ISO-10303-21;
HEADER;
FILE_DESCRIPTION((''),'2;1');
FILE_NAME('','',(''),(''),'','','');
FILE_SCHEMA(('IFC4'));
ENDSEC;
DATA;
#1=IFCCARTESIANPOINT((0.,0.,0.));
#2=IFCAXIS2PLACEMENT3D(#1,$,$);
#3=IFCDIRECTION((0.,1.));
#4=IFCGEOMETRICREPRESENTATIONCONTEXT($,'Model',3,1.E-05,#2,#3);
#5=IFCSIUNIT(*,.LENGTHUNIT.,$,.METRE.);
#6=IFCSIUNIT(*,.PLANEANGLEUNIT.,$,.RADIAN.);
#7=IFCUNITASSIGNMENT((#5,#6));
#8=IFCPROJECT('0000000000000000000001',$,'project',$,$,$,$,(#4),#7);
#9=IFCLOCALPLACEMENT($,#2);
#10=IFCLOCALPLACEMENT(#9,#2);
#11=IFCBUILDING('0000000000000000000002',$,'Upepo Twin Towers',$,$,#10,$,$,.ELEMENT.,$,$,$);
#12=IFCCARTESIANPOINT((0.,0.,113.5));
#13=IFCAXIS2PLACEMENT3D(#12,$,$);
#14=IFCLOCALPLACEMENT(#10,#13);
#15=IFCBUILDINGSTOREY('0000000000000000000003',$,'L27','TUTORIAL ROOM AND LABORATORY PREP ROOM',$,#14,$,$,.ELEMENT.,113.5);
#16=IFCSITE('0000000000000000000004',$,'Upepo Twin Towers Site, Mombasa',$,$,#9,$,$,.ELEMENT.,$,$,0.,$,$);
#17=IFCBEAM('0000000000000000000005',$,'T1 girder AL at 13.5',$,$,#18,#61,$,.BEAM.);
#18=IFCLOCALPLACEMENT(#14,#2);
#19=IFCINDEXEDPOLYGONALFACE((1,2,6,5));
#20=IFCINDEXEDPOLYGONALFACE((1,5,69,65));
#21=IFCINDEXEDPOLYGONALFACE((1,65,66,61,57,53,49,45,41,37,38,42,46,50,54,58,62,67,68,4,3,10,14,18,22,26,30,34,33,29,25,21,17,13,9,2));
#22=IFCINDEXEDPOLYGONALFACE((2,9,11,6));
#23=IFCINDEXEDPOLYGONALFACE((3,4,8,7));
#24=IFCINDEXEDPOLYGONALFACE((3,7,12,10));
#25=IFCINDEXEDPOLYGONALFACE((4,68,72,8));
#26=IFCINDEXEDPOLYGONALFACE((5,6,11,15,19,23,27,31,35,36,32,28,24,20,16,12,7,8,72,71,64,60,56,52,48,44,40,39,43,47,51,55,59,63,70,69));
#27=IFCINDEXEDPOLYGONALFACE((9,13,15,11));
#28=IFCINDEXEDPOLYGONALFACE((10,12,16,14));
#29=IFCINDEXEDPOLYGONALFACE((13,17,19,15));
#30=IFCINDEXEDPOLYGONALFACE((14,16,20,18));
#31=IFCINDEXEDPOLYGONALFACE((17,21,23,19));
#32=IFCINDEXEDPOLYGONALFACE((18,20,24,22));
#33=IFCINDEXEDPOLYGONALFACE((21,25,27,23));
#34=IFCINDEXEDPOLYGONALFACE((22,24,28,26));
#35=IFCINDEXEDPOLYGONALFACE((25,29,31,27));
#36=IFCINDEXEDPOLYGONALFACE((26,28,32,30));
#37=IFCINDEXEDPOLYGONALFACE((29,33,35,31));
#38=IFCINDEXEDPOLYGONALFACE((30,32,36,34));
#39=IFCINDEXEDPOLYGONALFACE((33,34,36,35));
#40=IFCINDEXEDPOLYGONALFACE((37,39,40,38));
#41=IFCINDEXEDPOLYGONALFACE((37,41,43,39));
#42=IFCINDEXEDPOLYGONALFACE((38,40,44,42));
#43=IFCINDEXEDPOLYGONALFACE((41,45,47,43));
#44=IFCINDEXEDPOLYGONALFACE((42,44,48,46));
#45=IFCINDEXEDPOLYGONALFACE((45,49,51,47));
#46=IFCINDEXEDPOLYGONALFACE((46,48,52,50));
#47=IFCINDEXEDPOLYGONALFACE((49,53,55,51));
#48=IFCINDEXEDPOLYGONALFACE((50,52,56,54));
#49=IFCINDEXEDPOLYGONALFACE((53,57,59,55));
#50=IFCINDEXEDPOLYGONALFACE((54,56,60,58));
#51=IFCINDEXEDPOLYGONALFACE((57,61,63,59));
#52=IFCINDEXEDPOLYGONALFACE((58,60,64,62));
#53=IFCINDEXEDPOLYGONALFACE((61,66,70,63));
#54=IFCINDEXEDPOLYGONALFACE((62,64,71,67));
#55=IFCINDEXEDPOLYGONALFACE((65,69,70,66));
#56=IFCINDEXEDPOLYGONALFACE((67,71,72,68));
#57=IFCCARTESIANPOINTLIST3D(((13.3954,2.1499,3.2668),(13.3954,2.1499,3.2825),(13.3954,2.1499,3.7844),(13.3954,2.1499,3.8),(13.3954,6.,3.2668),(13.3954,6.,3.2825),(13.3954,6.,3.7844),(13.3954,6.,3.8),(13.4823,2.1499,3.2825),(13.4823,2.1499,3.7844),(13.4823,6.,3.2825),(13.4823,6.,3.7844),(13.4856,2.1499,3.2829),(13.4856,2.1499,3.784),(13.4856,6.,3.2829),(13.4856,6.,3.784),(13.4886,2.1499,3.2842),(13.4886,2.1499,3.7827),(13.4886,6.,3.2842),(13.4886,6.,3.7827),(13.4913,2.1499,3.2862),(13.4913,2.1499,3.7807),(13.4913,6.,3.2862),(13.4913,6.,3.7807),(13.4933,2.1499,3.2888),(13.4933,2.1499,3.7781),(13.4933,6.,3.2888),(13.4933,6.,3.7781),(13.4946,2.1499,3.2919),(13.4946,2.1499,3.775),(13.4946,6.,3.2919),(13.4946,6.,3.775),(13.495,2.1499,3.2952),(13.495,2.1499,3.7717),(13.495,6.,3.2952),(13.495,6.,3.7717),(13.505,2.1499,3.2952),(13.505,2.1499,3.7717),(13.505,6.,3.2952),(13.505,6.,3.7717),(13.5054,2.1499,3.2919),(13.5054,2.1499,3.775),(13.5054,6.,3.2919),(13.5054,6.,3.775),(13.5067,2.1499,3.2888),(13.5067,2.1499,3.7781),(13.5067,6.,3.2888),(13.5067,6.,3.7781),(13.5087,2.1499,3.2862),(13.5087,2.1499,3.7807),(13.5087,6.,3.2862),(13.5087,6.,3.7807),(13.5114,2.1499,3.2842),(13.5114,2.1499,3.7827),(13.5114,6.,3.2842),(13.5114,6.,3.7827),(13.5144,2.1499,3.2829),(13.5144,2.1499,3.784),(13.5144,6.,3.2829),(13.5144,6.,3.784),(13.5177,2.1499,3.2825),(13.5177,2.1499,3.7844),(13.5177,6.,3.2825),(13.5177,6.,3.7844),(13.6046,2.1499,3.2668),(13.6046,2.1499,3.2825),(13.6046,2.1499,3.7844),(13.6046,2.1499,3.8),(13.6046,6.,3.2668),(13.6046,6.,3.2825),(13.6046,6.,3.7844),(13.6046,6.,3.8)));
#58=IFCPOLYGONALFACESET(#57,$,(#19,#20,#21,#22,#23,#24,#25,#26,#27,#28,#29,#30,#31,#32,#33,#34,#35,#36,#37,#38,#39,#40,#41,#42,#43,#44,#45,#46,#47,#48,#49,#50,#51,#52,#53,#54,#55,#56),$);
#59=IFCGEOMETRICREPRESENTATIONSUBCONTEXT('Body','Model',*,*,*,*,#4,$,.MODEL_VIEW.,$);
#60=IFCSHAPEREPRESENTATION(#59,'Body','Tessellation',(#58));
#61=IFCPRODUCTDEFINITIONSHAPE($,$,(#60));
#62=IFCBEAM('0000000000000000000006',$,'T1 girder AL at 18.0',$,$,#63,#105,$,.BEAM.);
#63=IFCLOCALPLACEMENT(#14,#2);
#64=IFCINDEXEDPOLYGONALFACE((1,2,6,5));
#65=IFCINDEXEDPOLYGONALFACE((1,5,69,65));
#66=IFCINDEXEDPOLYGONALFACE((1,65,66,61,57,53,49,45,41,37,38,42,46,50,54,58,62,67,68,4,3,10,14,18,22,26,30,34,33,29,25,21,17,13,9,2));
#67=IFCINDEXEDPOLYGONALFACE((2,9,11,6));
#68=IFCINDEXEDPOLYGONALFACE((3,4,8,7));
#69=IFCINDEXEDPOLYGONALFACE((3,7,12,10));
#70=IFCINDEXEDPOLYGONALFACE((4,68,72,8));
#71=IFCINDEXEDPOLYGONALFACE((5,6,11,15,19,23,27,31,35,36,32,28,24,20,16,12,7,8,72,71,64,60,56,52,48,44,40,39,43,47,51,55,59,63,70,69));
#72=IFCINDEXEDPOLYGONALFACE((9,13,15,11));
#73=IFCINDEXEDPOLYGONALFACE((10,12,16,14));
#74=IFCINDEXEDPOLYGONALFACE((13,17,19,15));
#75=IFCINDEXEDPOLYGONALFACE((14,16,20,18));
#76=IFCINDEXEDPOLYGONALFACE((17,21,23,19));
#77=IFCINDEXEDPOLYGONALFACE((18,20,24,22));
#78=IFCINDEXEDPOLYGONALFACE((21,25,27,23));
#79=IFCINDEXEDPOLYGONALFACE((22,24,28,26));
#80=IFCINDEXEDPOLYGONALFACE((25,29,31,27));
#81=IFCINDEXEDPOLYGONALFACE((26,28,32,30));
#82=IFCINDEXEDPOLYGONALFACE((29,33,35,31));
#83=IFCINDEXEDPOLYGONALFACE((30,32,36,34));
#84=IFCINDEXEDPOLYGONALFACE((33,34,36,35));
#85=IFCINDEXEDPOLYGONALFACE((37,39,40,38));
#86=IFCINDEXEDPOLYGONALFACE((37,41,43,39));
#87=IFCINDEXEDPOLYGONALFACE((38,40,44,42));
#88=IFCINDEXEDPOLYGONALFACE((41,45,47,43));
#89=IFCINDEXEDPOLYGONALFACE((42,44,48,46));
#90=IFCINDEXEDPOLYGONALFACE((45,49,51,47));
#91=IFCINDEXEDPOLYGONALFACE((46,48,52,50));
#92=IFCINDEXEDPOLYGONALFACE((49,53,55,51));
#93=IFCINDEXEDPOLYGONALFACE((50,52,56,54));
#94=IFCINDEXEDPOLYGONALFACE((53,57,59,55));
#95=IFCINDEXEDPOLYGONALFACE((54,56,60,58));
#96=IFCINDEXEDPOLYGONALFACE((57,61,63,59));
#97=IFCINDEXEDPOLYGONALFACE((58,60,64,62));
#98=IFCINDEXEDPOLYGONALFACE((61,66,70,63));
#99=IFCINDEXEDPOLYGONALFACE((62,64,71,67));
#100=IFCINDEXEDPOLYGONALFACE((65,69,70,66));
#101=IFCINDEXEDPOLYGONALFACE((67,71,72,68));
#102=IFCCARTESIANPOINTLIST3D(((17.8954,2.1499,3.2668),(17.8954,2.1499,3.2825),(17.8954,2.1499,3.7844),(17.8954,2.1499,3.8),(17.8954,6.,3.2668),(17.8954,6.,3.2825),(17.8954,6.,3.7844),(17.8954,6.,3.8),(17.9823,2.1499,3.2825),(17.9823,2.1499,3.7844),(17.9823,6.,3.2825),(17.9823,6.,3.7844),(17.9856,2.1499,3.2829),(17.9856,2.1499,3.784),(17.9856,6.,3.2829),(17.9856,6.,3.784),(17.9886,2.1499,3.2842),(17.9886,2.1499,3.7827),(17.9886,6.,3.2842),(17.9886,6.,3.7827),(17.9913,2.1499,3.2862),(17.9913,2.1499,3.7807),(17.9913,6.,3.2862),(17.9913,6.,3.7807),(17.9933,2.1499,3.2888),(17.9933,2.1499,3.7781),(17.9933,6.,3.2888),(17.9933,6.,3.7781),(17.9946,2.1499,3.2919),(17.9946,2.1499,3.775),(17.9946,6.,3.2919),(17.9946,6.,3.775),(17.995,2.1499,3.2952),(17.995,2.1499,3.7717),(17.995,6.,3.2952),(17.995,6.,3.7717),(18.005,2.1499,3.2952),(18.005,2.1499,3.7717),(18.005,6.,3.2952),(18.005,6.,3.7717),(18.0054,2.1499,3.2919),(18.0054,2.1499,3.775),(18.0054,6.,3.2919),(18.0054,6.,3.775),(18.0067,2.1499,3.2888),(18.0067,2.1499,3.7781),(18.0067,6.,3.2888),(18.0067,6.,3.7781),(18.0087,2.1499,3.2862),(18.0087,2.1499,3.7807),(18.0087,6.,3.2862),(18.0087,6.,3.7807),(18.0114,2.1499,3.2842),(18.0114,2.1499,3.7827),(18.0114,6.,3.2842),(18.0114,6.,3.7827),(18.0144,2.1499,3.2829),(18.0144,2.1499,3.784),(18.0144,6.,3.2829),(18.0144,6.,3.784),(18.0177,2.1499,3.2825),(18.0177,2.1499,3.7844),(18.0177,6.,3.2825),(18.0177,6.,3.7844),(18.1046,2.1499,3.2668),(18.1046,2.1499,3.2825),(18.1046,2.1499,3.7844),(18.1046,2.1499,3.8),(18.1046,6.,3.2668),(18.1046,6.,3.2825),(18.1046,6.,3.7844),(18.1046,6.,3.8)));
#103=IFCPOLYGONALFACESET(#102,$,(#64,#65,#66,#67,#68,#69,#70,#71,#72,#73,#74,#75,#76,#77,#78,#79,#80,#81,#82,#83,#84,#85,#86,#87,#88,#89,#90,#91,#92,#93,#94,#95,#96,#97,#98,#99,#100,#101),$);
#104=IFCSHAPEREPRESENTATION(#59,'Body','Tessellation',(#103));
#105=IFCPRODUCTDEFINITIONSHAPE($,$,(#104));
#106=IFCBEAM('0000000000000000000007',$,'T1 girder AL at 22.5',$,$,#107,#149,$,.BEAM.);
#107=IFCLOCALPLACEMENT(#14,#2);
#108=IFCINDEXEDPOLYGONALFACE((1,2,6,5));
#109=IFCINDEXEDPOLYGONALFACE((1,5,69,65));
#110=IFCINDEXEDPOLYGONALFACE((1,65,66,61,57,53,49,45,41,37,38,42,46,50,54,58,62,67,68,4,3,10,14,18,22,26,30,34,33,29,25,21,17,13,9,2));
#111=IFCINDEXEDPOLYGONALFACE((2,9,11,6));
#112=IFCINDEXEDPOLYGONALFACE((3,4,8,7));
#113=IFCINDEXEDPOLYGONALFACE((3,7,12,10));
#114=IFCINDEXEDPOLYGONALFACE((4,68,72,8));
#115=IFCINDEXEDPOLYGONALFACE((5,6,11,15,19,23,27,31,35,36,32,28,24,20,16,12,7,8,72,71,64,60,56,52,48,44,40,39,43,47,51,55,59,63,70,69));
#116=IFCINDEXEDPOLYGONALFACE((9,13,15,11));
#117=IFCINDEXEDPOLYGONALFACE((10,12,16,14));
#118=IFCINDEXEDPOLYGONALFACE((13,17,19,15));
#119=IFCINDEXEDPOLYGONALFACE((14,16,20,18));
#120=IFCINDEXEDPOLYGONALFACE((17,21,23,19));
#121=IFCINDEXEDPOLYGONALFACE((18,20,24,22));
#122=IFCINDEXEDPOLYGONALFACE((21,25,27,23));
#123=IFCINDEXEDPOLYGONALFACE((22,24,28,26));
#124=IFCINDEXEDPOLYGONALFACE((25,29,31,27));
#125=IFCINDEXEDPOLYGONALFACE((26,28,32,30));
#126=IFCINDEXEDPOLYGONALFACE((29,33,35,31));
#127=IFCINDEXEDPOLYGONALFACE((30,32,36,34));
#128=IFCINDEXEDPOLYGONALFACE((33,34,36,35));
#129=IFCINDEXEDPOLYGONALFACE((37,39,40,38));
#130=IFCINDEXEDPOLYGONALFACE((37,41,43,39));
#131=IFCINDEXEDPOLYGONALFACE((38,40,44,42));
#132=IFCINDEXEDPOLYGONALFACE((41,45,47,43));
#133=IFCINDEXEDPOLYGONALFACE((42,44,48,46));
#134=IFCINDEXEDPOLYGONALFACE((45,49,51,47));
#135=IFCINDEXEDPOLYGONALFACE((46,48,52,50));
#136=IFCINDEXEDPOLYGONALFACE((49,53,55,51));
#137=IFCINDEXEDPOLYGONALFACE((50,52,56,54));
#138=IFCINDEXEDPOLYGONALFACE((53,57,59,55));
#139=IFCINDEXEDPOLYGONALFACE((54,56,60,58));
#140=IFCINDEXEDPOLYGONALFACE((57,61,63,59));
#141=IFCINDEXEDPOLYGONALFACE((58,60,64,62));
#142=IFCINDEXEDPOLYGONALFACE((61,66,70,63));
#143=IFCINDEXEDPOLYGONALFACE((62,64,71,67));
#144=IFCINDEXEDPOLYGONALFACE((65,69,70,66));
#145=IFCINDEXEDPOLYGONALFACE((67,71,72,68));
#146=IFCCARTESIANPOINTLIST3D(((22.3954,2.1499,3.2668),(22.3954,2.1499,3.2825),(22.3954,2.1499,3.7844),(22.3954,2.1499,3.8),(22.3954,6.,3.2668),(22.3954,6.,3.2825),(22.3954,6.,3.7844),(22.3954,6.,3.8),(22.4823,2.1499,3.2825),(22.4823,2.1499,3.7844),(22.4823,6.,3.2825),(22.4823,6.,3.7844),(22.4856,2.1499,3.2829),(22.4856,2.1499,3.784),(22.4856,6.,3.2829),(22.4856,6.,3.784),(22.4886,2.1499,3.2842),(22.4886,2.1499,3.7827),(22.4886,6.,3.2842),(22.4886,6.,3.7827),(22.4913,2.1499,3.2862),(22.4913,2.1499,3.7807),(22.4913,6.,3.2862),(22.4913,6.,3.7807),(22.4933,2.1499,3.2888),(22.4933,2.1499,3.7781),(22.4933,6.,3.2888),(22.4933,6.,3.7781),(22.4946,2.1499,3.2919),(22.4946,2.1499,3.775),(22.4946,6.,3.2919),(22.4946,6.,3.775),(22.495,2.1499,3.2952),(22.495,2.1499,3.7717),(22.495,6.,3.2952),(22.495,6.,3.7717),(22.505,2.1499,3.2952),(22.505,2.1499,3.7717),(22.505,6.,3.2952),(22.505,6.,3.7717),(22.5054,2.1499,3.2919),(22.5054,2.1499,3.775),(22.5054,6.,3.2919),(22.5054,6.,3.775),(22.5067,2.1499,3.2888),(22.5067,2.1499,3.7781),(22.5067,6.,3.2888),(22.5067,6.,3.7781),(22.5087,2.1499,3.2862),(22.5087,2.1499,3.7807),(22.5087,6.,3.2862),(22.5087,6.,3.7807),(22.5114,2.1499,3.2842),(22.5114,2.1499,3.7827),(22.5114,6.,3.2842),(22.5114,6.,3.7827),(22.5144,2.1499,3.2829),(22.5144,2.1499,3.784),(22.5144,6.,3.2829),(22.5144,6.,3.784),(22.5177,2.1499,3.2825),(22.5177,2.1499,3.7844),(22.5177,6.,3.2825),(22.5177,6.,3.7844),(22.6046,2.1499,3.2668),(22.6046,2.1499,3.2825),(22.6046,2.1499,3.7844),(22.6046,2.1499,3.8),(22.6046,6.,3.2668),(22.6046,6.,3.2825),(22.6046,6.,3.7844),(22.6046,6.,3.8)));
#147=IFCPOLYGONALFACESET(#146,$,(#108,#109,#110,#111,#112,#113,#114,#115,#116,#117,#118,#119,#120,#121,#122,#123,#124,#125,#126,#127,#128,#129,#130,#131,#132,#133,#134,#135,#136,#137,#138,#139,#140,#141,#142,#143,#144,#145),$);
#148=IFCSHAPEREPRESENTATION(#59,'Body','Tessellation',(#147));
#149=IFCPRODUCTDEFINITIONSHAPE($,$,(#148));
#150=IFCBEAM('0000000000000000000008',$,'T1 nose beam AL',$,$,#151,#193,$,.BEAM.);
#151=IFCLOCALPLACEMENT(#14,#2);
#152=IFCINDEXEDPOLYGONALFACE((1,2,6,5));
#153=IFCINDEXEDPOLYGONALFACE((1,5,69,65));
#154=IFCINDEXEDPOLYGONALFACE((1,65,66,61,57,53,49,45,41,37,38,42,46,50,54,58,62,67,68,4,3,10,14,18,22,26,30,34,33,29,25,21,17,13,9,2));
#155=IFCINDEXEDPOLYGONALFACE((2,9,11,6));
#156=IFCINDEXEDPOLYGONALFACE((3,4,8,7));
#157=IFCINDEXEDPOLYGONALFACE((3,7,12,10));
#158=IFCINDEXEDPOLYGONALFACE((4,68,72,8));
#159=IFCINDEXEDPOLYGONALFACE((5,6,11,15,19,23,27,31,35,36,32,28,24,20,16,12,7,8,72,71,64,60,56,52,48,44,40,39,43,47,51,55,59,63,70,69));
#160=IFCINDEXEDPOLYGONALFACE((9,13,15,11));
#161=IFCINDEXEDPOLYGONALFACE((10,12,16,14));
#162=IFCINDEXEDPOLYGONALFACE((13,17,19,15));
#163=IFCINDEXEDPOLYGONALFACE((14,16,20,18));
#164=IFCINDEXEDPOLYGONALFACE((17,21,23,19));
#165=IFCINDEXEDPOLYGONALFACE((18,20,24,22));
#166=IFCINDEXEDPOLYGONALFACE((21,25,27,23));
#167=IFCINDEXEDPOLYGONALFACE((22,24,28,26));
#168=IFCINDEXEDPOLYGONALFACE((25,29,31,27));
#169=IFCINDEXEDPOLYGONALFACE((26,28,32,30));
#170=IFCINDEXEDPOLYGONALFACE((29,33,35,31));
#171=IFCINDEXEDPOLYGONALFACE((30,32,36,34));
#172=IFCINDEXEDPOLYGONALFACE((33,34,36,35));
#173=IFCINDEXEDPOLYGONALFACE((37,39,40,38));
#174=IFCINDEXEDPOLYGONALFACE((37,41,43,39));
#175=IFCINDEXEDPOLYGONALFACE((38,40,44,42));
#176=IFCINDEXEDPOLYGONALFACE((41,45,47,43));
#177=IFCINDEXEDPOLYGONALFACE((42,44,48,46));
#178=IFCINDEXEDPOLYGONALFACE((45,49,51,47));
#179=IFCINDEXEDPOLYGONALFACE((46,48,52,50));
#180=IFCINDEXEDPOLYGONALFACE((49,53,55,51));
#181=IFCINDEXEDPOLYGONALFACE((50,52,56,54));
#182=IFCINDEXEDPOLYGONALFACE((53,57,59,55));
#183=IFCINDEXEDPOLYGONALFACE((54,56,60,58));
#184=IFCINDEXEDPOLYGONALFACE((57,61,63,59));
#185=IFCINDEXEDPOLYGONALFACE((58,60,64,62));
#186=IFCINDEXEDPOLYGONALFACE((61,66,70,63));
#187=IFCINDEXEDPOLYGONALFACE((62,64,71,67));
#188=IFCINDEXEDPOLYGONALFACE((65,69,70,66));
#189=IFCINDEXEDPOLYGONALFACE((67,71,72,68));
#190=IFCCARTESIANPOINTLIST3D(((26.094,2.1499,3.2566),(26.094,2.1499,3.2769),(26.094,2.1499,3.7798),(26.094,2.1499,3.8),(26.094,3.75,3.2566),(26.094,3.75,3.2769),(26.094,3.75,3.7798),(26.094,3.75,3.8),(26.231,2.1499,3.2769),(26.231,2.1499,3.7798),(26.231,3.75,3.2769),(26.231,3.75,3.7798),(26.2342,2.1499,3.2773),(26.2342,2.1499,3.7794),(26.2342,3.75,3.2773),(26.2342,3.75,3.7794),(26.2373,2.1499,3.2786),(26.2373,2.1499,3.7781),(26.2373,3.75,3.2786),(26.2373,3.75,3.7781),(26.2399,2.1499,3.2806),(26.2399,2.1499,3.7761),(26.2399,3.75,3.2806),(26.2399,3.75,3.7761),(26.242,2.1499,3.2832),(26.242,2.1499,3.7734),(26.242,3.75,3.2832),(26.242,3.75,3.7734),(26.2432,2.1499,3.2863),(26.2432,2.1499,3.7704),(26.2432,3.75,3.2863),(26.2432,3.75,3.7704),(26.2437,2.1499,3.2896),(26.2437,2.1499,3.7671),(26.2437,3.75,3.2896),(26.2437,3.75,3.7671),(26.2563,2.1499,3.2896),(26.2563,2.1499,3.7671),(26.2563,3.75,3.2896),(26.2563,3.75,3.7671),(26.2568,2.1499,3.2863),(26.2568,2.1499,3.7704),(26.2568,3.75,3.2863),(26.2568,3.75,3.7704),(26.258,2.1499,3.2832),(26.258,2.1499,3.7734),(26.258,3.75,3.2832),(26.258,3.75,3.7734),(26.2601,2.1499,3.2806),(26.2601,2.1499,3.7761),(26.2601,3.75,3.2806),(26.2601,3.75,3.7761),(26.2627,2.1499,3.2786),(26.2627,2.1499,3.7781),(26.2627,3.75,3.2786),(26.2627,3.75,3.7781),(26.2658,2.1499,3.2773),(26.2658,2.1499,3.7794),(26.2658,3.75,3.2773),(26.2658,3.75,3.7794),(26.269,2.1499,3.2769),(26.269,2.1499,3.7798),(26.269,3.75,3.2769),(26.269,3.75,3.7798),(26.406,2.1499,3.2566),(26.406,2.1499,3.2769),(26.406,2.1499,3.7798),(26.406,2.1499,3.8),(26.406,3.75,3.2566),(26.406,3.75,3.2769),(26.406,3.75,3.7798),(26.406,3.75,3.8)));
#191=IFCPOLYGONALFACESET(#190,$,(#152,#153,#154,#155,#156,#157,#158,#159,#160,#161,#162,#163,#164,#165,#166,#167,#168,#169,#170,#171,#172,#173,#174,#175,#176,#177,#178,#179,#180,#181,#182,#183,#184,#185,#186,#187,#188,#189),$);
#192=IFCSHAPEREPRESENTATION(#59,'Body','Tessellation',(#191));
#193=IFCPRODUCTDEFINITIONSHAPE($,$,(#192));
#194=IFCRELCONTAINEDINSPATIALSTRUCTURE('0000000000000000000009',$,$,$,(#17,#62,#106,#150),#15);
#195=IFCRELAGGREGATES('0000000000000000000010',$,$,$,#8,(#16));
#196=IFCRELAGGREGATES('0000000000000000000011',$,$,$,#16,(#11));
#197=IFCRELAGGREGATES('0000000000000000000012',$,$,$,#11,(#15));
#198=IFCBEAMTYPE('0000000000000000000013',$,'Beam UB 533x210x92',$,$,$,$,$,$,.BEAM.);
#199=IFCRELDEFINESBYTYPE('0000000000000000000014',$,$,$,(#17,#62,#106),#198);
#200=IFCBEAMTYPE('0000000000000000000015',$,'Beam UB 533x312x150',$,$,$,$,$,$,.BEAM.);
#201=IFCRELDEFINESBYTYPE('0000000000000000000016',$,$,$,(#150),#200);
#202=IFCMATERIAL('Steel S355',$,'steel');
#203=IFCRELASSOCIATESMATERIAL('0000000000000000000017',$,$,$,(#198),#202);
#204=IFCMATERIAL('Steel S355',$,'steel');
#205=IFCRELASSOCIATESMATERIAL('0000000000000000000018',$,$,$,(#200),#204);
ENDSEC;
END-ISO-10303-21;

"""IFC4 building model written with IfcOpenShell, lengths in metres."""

from ifc_helpers import new_model, si_unit, direction, frame, origin, origin_2d, place, context, subcontext, project, spatial, i_section, extrude, material, material_profile, profile_set, type_object, element, save


model = new_model("IFC4")

# Units and contexts
model_context = context("Model", 3, precision=1e-05, world=origin(), true_north=direction((0.0, 1.0)))
body_context = subcontext(model_context, "Body", "Model", "MODEL_VIEW")
ifc_project = project(units=[si_unit("LENGTHUNIT", "METRE"), si_unit("PLANEANGLEUNIT", "RADIAN")], contexts=[model_context])

# Site, building, storey
site_placement = place(None, origin())
site = spatial("IfcSite", under=ifc_project, at=site_placement, Name="Upepo Twin Towers Site, Mombasa", CompositionType="ELEMENT", RefElevation=0.0)
building_placement = place(site_placement, origin())
building = spatial("IfcBuilding", under=site, at=building_placement, Name="Upepo Twin Towers", CompositionType="ELEMENT")
storey_placement = place(building_placement, frame((0.0, 0.0, 113.5)))
storey = spatial("IfcBuildingStorey", under=building, at=storey_placement, Name="L27", Description="TUTORIAL ROOM AND LABORATORY PREP ROOM", CompositionType="ELEMENT", Elevation=113.5)

# Beams
ifc_material_1 = material(Name="Steel S355", Category="steel")
ifc_material_profile_1 = material_profile(ifc_material_1, i_section(OverallWidth=0.2092, OverallDepth=0.5332, WebThickness=0.01, FlangeThickness=0.0156, FilletRadius=0.0127, at=origin_2d()), Name="UB 533x210x92")
ifc_profile_set_1 = profile_set([ifc_material_profile_1], Name="Steel S355")
beam_type_1 = type_object("IfcBeamType", Name="Beam UB 533x210x92", PredefinedType="BEAM", material=ifc_profile_set_1)
for number, where, z_axis, x_axis, name in (
    (1, (13.5, 6.0, 3.5334), (0.0, -1.0, 0.0), (1.0, 0.0, 0.0), "T1 girder AL at 13.5"),
    (2, (18.0, 6.0, 3.5334), (0.0, -1.0, 0.0), (1.0, 0.0, 0.0), "T1 girder AL at 18.0"),
    (3, (22.5, 6.0, 3.5334), (0.0, -1.0, 0.0), (1.0, 0.0, 0.0), "T1 girder AL at 22.5"),
):
    element("IfcBeam", number, at=place(storey_placement, frame(where, z_axis=z_axis, x_axis=x_axis)), inside=storey, type_object=beam_type_1, Name=name, PredefinedType="BEAM", context=body_context, shape_type="SweptSolid", body=[
        extrude(i_section(OverallWidth=0.2092, OverallDepth=0.5332, WebThickness=0.01, FlangeThickness=0.0156, FilletRadius=0.0127, at=origin_2d()), origin(), (0.0, 0.0, 1.0), 3.8501),
    ])
ifc_material_2 = material(Name="Steel S355", Category="steel")
ifc_material_profile_2 = material_profile(ifc_material_2, i_section(OverallWidth=0.312, OverallDepth=0.5435, WebThickness=0.0127, FlangeThickness=0.0203, FilletRadius=0.0127, at=origin_2d()), Name="UB 533x312x150")
ifc_profile_set_2 = profile_set([ifc_material_profile_2], Name="Steel S355")
beam_type_2 = type_object("IfcBeamType", Name="Beam UB 533x312x150", PredefinedType="BEAM", material=ifc_profile_set_2)
beam_1_placement = place(storey_placement, frame((26.25, 3.75, 3.5283), z_axis=(0.0, -1.0, 0.0), x_axis=(1.0, 0.0, 0.0)))
element("IfcBeam", 4, at=beam_1_placement, inside=storey, type_object=beam_type_2, Name="T1 nose beam AL", PredefinedType="BEAM", context=body_context, shape_type="SweptSolid", body=[
    extrude(i_section(OverallWidth=0.312, OverallDepth=0.5435, WebThickness=0.0127, FlangeThickness=0.0203, FilletRadius=0.0127, at=origin_2d()), origin(), (0.0, 0.0, 1.0), 1.6001),
])

save(model, "model.ifc")
